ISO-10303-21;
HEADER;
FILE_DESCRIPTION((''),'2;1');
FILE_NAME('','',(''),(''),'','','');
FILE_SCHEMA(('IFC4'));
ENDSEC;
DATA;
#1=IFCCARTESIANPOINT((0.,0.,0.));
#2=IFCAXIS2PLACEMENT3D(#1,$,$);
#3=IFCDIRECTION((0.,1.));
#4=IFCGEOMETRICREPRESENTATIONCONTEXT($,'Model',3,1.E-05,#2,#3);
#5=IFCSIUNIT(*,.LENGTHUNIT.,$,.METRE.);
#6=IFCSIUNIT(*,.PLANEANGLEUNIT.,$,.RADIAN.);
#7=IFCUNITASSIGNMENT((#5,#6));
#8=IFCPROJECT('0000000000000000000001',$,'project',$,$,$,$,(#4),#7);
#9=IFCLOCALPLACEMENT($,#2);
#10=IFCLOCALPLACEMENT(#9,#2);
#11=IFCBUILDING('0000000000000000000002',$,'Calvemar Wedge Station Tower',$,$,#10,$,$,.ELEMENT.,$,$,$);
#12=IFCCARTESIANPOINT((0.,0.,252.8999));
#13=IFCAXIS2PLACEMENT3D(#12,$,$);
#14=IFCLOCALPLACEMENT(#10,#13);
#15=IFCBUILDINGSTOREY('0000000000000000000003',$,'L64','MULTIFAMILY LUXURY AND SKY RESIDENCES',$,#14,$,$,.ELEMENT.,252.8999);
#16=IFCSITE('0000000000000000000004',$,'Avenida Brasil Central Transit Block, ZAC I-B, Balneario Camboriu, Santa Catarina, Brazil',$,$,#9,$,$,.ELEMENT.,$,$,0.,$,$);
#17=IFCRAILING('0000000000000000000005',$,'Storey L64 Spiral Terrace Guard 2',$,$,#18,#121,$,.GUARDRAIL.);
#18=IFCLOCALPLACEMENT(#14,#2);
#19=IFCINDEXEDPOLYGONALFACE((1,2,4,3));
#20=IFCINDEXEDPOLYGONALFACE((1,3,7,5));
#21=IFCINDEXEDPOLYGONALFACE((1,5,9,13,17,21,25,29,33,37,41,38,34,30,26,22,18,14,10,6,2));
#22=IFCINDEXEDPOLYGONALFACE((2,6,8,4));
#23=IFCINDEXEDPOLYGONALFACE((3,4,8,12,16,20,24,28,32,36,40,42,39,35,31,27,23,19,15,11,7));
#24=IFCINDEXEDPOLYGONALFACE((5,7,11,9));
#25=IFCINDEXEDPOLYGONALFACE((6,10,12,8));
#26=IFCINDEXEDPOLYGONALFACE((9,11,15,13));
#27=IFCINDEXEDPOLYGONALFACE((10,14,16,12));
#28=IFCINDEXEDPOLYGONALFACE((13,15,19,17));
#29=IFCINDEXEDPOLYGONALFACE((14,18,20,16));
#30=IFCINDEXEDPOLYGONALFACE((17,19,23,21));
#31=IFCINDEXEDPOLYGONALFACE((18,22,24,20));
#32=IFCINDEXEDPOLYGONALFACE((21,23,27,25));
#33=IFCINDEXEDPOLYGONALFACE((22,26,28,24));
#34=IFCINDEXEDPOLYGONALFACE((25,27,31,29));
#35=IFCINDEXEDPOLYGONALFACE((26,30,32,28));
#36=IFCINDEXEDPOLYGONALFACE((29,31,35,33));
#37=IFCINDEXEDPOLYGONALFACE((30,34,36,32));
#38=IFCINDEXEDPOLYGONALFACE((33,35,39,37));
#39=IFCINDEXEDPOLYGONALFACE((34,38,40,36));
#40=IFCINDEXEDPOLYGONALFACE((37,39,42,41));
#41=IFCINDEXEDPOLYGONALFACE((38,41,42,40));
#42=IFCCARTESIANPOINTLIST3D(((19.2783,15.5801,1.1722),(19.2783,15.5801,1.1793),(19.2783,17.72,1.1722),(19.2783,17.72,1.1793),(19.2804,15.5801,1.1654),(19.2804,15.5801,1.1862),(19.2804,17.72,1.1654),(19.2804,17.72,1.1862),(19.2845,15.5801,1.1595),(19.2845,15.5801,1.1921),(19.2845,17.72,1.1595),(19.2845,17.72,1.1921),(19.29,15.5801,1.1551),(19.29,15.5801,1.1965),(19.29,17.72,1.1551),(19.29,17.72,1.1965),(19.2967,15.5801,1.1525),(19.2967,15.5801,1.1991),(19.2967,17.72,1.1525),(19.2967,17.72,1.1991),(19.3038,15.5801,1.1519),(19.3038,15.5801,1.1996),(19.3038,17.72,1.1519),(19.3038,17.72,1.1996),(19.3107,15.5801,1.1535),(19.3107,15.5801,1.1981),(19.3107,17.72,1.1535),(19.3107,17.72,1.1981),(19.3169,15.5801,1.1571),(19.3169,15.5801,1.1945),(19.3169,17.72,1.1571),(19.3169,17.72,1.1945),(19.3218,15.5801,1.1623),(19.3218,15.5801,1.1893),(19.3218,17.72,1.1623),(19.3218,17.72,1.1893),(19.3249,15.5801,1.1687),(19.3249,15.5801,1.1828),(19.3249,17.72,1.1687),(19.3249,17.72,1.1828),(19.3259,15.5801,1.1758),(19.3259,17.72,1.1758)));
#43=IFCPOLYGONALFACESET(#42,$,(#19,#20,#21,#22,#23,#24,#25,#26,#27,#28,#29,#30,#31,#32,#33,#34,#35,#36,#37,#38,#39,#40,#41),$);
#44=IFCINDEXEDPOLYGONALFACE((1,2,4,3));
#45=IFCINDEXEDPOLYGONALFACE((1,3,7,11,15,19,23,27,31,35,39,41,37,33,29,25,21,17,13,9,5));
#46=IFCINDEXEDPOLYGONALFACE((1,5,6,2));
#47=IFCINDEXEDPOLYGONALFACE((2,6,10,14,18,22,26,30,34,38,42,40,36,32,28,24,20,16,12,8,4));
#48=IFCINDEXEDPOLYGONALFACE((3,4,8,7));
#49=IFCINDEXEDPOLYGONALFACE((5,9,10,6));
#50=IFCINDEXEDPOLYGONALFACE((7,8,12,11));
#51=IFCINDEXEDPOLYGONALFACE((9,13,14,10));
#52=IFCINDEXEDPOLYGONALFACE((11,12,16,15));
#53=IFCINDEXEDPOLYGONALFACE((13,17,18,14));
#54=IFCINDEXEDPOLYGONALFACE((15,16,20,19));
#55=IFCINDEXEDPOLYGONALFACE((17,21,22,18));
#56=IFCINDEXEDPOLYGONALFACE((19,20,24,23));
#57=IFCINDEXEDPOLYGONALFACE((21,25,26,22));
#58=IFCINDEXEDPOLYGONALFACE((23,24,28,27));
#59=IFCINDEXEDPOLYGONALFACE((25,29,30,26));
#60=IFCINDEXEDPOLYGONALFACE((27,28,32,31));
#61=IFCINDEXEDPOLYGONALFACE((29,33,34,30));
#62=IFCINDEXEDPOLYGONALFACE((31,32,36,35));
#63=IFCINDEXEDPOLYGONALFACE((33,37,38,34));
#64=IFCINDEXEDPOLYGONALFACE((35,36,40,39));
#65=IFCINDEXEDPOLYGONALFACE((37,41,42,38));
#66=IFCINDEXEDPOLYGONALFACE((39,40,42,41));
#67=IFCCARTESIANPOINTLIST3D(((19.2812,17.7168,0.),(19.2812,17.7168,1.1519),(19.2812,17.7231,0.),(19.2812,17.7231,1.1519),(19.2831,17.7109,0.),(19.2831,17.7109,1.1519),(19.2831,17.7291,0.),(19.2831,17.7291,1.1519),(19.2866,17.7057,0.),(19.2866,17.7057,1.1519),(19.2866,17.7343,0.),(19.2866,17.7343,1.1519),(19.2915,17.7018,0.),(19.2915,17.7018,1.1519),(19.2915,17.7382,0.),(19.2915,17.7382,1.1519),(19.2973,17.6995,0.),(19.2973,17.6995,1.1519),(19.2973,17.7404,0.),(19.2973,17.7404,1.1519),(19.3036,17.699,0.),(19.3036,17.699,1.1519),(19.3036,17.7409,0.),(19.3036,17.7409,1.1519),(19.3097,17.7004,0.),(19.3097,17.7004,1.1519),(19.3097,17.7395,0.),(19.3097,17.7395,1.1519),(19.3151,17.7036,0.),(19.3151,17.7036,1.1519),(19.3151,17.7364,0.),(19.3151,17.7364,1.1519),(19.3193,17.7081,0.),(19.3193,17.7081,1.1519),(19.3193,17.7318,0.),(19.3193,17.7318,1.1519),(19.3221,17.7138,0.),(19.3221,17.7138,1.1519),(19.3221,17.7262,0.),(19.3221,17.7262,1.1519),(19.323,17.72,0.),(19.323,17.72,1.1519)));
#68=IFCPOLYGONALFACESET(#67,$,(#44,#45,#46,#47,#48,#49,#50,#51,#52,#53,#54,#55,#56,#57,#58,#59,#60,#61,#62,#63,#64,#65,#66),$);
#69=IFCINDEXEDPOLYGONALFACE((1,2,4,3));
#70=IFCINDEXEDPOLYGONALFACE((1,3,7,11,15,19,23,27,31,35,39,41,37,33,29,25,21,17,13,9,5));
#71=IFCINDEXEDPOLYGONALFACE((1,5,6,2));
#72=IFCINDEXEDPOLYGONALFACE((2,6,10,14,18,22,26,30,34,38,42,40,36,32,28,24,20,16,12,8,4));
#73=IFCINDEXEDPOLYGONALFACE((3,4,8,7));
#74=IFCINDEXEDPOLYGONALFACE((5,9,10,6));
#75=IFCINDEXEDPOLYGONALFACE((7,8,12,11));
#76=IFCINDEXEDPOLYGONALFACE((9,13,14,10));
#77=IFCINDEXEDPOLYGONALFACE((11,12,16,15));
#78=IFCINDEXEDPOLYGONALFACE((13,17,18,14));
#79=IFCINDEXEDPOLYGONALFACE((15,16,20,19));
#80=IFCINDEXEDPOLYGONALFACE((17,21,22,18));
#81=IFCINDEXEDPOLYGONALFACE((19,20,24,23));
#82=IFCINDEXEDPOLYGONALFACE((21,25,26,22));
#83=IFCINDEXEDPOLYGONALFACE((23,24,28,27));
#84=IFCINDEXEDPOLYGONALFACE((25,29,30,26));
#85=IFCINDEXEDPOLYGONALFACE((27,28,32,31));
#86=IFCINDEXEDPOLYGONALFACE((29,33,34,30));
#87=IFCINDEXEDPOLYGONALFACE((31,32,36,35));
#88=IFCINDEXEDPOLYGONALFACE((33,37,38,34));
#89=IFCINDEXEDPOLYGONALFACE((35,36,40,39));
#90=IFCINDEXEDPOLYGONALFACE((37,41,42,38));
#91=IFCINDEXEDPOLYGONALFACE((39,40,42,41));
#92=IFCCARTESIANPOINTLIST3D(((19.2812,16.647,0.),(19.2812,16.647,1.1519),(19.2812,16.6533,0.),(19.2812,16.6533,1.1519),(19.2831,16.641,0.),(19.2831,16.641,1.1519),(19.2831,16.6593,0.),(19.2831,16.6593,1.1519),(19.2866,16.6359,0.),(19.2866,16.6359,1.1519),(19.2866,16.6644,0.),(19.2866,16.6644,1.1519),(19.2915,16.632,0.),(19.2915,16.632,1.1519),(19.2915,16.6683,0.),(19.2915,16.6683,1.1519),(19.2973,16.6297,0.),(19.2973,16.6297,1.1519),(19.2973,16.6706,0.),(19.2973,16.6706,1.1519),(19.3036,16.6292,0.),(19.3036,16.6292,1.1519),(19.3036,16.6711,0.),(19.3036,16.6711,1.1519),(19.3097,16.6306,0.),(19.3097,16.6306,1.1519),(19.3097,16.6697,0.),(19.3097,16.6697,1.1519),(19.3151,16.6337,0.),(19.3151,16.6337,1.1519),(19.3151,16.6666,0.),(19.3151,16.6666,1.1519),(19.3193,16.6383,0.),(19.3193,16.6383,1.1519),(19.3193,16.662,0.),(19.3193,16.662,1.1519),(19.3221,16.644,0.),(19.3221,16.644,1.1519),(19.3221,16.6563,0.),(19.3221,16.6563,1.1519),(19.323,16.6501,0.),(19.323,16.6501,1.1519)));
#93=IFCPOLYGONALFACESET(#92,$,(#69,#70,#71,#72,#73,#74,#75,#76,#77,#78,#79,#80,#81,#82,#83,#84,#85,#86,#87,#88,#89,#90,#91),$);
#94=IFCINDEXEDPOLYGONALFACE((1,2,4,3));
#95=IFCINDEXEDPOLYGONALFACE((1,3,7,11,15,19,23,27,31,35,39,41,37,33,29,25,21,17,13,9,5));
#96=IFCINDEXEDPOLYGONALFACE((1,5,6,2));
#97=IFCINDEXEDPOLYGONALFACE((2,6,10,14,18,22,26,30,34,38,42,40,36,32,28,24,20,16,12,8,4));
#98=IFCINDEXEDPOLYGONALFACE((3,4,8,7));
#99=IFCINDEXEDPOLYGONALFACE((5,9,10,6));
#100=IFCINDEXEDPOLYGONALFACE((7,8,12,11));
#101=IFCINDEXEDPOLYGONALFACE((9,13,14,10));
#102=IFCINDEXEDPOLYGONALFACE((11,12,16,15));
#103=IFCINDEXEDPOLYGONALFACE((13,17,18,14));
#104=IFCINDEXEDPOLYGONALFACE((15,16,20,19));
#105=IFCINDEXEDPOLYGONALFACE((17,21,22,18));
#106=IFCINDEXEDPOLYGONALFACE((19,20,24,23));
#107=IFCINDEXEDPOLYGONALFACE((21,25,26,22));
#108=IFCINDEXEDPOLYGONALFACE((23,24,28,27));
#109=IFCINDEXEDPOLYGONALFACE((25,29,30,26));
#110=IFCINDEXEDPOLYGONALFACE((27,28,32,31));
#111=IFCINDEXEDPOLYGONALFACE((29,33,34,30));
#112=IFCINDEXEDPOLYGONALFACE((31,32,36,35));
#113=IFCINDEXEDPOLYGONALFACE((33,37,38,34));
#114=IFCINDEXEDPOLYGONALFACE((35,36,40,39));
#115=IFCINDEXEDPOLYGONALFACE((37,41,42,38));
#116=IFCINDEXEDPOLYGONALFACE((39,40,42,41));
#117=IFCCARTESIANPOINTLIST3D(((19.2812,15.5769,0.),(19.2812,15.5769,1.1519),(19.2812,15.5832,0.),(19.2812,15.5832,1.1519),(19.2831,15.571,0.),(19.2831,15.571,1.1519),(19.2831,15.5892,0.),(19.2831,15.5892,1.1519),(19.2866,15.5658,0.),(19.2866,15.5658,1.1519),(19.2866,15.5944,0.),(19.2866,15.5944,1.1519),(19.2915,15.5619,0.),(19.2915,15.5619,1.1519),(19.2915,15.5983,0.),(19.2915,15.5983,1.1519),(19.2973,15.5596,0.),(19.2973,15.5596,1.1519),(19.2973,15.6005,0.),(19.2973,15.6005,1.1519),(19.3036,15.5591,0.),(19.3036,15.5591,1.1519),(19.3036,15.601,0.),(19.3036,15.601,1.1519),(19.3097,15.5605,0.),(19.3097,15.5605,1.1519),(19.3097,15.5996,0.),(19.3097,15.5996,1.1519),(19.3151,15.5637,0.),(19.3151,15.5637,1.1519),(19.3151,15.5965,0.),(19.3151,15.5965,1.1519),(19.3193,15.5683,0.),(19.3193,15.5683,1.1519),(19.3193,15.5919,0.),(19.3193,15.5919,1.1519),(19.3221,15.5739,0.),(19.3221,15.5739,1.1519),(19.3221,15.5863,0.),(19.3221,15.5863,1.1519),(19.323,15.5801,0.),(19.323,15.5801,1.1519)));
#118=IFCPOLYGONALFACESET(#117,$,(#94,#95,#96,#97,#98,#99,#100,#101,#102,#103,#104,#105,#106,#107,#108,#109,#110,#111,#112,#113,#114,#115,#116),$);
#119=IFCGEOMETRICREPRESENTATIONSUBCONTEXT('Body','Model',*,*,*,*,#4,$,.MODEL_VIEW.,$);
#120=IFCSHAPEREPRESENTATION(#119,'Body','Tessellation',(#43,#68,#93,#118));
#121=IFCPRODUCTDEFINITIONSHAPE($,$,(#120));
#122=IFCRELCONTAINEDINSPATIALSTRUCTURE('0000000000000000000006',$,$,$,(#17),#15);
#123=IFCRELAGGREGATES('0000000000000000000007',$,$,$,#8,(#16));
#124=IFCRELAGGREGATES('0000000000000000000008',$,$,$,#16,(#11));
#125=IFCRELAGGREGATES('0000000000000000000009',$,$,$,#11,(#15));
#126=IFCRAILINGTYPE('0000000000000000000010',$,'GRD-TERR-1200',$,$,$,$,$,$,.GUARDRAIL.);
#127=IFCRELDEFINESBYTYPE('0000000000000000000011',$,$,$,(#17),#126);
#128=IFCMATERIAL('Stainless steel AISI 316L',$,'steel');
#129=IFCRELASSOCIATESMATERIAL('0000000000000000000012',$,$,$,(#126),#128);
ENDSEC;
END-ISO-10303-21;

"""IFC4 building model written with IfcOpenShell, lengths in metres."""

from ifc_helpers import new_model, si_unit, direction, frame, origin, origin_2d, place, context, subcontext, project, spatial, circle, extrude, material, type_object, element, save


model = new_model("IFC4")

# Units and contexts
model_context = context("Model", 3, precision=1e-05, world=origin(), true_north=direction((0.0, 1.0)))
body_context = subcontext(model_context, "Body", "Model", "MODEL_VIEW")
ifc_project = project(units=[si_unit("LENGTHUNIT", "METRE"), si_unit("PLANEANGLEUNIT", "RADIAN")], contexts=[model_context])

# Site, building, storey
site_placement = place(None, origin())
site = spatial("IfcSite", under=ifc_project, at=site_placement, Name="Avenida Brasil Central Transit Block, ZAC I-B, Balneario Camboriu, Santa Catarina, Brazil", CompositionType="ELEMENT", RefElevation=0.0)
building_placement = place(site_placement, origin())
building = spatial("IfcBuilding", under=site, at=building_placement, Name="Calvemar Wedge Station Tower", CompositionType="ELEMENT")
storey_placement = place(building_placement, frame((0.0, 0.0, 252.8999)))
storey = spatial("IfcBuildingStorey", under=building, at=storey_placement, Name="L64", Description="MULTIFAMILY LUXURY AND SKY RESIDENCES", CompositionType="ELEMENT", Elevation=252.8999)

# Railing
ifc_material_1 = material(Name="Stainless steel AISI 316L", Category="steel")
railing_type = type_object("IfcRailingType", Name="GRD-TERR-1200", PredefinedType="GUARDRAIL", material=ifc_material_1)
railing_1_placement = place(storey_placement, frame((19.302, 17.72, 0.0)))
element("IfcRailing", 1, at=railing_1_placement, inside=storey, type_object=railing_type, Name="Storey L64 Spiral Terrace Guard 2", PredefinedType="GUARDRAIL", context=body_context, shape_type="SweptSolid", body=[
    extrude(circle(Radius=0.0239, at=origin_2d()), frame((0.0, 0.0, 1.1758), z_axis=(0.0, -1.0, 0.0), x_axis=(1.0, 0.0, 0.0)), (0.0, 0.0, 1.0), 2.1399),
    extrude(circle(Radius=0.021, at=origin_2d()), origin(), (0.0, 0.0, 1.0), 1.1519),
    extrude(circle(Radius=0.021, at=origin_2d()), frame((0.0, -1.0698, 0.0)), (0.0, 0.0, 1.0), 1.1519),
    extrude(circle(Radius=0.021, at=origin_2d()), frame((0.0, -2.1399, 0.0)), (0.0, 0.0, 1.0), 1.1519),
])

save(model, "model.ifc")
